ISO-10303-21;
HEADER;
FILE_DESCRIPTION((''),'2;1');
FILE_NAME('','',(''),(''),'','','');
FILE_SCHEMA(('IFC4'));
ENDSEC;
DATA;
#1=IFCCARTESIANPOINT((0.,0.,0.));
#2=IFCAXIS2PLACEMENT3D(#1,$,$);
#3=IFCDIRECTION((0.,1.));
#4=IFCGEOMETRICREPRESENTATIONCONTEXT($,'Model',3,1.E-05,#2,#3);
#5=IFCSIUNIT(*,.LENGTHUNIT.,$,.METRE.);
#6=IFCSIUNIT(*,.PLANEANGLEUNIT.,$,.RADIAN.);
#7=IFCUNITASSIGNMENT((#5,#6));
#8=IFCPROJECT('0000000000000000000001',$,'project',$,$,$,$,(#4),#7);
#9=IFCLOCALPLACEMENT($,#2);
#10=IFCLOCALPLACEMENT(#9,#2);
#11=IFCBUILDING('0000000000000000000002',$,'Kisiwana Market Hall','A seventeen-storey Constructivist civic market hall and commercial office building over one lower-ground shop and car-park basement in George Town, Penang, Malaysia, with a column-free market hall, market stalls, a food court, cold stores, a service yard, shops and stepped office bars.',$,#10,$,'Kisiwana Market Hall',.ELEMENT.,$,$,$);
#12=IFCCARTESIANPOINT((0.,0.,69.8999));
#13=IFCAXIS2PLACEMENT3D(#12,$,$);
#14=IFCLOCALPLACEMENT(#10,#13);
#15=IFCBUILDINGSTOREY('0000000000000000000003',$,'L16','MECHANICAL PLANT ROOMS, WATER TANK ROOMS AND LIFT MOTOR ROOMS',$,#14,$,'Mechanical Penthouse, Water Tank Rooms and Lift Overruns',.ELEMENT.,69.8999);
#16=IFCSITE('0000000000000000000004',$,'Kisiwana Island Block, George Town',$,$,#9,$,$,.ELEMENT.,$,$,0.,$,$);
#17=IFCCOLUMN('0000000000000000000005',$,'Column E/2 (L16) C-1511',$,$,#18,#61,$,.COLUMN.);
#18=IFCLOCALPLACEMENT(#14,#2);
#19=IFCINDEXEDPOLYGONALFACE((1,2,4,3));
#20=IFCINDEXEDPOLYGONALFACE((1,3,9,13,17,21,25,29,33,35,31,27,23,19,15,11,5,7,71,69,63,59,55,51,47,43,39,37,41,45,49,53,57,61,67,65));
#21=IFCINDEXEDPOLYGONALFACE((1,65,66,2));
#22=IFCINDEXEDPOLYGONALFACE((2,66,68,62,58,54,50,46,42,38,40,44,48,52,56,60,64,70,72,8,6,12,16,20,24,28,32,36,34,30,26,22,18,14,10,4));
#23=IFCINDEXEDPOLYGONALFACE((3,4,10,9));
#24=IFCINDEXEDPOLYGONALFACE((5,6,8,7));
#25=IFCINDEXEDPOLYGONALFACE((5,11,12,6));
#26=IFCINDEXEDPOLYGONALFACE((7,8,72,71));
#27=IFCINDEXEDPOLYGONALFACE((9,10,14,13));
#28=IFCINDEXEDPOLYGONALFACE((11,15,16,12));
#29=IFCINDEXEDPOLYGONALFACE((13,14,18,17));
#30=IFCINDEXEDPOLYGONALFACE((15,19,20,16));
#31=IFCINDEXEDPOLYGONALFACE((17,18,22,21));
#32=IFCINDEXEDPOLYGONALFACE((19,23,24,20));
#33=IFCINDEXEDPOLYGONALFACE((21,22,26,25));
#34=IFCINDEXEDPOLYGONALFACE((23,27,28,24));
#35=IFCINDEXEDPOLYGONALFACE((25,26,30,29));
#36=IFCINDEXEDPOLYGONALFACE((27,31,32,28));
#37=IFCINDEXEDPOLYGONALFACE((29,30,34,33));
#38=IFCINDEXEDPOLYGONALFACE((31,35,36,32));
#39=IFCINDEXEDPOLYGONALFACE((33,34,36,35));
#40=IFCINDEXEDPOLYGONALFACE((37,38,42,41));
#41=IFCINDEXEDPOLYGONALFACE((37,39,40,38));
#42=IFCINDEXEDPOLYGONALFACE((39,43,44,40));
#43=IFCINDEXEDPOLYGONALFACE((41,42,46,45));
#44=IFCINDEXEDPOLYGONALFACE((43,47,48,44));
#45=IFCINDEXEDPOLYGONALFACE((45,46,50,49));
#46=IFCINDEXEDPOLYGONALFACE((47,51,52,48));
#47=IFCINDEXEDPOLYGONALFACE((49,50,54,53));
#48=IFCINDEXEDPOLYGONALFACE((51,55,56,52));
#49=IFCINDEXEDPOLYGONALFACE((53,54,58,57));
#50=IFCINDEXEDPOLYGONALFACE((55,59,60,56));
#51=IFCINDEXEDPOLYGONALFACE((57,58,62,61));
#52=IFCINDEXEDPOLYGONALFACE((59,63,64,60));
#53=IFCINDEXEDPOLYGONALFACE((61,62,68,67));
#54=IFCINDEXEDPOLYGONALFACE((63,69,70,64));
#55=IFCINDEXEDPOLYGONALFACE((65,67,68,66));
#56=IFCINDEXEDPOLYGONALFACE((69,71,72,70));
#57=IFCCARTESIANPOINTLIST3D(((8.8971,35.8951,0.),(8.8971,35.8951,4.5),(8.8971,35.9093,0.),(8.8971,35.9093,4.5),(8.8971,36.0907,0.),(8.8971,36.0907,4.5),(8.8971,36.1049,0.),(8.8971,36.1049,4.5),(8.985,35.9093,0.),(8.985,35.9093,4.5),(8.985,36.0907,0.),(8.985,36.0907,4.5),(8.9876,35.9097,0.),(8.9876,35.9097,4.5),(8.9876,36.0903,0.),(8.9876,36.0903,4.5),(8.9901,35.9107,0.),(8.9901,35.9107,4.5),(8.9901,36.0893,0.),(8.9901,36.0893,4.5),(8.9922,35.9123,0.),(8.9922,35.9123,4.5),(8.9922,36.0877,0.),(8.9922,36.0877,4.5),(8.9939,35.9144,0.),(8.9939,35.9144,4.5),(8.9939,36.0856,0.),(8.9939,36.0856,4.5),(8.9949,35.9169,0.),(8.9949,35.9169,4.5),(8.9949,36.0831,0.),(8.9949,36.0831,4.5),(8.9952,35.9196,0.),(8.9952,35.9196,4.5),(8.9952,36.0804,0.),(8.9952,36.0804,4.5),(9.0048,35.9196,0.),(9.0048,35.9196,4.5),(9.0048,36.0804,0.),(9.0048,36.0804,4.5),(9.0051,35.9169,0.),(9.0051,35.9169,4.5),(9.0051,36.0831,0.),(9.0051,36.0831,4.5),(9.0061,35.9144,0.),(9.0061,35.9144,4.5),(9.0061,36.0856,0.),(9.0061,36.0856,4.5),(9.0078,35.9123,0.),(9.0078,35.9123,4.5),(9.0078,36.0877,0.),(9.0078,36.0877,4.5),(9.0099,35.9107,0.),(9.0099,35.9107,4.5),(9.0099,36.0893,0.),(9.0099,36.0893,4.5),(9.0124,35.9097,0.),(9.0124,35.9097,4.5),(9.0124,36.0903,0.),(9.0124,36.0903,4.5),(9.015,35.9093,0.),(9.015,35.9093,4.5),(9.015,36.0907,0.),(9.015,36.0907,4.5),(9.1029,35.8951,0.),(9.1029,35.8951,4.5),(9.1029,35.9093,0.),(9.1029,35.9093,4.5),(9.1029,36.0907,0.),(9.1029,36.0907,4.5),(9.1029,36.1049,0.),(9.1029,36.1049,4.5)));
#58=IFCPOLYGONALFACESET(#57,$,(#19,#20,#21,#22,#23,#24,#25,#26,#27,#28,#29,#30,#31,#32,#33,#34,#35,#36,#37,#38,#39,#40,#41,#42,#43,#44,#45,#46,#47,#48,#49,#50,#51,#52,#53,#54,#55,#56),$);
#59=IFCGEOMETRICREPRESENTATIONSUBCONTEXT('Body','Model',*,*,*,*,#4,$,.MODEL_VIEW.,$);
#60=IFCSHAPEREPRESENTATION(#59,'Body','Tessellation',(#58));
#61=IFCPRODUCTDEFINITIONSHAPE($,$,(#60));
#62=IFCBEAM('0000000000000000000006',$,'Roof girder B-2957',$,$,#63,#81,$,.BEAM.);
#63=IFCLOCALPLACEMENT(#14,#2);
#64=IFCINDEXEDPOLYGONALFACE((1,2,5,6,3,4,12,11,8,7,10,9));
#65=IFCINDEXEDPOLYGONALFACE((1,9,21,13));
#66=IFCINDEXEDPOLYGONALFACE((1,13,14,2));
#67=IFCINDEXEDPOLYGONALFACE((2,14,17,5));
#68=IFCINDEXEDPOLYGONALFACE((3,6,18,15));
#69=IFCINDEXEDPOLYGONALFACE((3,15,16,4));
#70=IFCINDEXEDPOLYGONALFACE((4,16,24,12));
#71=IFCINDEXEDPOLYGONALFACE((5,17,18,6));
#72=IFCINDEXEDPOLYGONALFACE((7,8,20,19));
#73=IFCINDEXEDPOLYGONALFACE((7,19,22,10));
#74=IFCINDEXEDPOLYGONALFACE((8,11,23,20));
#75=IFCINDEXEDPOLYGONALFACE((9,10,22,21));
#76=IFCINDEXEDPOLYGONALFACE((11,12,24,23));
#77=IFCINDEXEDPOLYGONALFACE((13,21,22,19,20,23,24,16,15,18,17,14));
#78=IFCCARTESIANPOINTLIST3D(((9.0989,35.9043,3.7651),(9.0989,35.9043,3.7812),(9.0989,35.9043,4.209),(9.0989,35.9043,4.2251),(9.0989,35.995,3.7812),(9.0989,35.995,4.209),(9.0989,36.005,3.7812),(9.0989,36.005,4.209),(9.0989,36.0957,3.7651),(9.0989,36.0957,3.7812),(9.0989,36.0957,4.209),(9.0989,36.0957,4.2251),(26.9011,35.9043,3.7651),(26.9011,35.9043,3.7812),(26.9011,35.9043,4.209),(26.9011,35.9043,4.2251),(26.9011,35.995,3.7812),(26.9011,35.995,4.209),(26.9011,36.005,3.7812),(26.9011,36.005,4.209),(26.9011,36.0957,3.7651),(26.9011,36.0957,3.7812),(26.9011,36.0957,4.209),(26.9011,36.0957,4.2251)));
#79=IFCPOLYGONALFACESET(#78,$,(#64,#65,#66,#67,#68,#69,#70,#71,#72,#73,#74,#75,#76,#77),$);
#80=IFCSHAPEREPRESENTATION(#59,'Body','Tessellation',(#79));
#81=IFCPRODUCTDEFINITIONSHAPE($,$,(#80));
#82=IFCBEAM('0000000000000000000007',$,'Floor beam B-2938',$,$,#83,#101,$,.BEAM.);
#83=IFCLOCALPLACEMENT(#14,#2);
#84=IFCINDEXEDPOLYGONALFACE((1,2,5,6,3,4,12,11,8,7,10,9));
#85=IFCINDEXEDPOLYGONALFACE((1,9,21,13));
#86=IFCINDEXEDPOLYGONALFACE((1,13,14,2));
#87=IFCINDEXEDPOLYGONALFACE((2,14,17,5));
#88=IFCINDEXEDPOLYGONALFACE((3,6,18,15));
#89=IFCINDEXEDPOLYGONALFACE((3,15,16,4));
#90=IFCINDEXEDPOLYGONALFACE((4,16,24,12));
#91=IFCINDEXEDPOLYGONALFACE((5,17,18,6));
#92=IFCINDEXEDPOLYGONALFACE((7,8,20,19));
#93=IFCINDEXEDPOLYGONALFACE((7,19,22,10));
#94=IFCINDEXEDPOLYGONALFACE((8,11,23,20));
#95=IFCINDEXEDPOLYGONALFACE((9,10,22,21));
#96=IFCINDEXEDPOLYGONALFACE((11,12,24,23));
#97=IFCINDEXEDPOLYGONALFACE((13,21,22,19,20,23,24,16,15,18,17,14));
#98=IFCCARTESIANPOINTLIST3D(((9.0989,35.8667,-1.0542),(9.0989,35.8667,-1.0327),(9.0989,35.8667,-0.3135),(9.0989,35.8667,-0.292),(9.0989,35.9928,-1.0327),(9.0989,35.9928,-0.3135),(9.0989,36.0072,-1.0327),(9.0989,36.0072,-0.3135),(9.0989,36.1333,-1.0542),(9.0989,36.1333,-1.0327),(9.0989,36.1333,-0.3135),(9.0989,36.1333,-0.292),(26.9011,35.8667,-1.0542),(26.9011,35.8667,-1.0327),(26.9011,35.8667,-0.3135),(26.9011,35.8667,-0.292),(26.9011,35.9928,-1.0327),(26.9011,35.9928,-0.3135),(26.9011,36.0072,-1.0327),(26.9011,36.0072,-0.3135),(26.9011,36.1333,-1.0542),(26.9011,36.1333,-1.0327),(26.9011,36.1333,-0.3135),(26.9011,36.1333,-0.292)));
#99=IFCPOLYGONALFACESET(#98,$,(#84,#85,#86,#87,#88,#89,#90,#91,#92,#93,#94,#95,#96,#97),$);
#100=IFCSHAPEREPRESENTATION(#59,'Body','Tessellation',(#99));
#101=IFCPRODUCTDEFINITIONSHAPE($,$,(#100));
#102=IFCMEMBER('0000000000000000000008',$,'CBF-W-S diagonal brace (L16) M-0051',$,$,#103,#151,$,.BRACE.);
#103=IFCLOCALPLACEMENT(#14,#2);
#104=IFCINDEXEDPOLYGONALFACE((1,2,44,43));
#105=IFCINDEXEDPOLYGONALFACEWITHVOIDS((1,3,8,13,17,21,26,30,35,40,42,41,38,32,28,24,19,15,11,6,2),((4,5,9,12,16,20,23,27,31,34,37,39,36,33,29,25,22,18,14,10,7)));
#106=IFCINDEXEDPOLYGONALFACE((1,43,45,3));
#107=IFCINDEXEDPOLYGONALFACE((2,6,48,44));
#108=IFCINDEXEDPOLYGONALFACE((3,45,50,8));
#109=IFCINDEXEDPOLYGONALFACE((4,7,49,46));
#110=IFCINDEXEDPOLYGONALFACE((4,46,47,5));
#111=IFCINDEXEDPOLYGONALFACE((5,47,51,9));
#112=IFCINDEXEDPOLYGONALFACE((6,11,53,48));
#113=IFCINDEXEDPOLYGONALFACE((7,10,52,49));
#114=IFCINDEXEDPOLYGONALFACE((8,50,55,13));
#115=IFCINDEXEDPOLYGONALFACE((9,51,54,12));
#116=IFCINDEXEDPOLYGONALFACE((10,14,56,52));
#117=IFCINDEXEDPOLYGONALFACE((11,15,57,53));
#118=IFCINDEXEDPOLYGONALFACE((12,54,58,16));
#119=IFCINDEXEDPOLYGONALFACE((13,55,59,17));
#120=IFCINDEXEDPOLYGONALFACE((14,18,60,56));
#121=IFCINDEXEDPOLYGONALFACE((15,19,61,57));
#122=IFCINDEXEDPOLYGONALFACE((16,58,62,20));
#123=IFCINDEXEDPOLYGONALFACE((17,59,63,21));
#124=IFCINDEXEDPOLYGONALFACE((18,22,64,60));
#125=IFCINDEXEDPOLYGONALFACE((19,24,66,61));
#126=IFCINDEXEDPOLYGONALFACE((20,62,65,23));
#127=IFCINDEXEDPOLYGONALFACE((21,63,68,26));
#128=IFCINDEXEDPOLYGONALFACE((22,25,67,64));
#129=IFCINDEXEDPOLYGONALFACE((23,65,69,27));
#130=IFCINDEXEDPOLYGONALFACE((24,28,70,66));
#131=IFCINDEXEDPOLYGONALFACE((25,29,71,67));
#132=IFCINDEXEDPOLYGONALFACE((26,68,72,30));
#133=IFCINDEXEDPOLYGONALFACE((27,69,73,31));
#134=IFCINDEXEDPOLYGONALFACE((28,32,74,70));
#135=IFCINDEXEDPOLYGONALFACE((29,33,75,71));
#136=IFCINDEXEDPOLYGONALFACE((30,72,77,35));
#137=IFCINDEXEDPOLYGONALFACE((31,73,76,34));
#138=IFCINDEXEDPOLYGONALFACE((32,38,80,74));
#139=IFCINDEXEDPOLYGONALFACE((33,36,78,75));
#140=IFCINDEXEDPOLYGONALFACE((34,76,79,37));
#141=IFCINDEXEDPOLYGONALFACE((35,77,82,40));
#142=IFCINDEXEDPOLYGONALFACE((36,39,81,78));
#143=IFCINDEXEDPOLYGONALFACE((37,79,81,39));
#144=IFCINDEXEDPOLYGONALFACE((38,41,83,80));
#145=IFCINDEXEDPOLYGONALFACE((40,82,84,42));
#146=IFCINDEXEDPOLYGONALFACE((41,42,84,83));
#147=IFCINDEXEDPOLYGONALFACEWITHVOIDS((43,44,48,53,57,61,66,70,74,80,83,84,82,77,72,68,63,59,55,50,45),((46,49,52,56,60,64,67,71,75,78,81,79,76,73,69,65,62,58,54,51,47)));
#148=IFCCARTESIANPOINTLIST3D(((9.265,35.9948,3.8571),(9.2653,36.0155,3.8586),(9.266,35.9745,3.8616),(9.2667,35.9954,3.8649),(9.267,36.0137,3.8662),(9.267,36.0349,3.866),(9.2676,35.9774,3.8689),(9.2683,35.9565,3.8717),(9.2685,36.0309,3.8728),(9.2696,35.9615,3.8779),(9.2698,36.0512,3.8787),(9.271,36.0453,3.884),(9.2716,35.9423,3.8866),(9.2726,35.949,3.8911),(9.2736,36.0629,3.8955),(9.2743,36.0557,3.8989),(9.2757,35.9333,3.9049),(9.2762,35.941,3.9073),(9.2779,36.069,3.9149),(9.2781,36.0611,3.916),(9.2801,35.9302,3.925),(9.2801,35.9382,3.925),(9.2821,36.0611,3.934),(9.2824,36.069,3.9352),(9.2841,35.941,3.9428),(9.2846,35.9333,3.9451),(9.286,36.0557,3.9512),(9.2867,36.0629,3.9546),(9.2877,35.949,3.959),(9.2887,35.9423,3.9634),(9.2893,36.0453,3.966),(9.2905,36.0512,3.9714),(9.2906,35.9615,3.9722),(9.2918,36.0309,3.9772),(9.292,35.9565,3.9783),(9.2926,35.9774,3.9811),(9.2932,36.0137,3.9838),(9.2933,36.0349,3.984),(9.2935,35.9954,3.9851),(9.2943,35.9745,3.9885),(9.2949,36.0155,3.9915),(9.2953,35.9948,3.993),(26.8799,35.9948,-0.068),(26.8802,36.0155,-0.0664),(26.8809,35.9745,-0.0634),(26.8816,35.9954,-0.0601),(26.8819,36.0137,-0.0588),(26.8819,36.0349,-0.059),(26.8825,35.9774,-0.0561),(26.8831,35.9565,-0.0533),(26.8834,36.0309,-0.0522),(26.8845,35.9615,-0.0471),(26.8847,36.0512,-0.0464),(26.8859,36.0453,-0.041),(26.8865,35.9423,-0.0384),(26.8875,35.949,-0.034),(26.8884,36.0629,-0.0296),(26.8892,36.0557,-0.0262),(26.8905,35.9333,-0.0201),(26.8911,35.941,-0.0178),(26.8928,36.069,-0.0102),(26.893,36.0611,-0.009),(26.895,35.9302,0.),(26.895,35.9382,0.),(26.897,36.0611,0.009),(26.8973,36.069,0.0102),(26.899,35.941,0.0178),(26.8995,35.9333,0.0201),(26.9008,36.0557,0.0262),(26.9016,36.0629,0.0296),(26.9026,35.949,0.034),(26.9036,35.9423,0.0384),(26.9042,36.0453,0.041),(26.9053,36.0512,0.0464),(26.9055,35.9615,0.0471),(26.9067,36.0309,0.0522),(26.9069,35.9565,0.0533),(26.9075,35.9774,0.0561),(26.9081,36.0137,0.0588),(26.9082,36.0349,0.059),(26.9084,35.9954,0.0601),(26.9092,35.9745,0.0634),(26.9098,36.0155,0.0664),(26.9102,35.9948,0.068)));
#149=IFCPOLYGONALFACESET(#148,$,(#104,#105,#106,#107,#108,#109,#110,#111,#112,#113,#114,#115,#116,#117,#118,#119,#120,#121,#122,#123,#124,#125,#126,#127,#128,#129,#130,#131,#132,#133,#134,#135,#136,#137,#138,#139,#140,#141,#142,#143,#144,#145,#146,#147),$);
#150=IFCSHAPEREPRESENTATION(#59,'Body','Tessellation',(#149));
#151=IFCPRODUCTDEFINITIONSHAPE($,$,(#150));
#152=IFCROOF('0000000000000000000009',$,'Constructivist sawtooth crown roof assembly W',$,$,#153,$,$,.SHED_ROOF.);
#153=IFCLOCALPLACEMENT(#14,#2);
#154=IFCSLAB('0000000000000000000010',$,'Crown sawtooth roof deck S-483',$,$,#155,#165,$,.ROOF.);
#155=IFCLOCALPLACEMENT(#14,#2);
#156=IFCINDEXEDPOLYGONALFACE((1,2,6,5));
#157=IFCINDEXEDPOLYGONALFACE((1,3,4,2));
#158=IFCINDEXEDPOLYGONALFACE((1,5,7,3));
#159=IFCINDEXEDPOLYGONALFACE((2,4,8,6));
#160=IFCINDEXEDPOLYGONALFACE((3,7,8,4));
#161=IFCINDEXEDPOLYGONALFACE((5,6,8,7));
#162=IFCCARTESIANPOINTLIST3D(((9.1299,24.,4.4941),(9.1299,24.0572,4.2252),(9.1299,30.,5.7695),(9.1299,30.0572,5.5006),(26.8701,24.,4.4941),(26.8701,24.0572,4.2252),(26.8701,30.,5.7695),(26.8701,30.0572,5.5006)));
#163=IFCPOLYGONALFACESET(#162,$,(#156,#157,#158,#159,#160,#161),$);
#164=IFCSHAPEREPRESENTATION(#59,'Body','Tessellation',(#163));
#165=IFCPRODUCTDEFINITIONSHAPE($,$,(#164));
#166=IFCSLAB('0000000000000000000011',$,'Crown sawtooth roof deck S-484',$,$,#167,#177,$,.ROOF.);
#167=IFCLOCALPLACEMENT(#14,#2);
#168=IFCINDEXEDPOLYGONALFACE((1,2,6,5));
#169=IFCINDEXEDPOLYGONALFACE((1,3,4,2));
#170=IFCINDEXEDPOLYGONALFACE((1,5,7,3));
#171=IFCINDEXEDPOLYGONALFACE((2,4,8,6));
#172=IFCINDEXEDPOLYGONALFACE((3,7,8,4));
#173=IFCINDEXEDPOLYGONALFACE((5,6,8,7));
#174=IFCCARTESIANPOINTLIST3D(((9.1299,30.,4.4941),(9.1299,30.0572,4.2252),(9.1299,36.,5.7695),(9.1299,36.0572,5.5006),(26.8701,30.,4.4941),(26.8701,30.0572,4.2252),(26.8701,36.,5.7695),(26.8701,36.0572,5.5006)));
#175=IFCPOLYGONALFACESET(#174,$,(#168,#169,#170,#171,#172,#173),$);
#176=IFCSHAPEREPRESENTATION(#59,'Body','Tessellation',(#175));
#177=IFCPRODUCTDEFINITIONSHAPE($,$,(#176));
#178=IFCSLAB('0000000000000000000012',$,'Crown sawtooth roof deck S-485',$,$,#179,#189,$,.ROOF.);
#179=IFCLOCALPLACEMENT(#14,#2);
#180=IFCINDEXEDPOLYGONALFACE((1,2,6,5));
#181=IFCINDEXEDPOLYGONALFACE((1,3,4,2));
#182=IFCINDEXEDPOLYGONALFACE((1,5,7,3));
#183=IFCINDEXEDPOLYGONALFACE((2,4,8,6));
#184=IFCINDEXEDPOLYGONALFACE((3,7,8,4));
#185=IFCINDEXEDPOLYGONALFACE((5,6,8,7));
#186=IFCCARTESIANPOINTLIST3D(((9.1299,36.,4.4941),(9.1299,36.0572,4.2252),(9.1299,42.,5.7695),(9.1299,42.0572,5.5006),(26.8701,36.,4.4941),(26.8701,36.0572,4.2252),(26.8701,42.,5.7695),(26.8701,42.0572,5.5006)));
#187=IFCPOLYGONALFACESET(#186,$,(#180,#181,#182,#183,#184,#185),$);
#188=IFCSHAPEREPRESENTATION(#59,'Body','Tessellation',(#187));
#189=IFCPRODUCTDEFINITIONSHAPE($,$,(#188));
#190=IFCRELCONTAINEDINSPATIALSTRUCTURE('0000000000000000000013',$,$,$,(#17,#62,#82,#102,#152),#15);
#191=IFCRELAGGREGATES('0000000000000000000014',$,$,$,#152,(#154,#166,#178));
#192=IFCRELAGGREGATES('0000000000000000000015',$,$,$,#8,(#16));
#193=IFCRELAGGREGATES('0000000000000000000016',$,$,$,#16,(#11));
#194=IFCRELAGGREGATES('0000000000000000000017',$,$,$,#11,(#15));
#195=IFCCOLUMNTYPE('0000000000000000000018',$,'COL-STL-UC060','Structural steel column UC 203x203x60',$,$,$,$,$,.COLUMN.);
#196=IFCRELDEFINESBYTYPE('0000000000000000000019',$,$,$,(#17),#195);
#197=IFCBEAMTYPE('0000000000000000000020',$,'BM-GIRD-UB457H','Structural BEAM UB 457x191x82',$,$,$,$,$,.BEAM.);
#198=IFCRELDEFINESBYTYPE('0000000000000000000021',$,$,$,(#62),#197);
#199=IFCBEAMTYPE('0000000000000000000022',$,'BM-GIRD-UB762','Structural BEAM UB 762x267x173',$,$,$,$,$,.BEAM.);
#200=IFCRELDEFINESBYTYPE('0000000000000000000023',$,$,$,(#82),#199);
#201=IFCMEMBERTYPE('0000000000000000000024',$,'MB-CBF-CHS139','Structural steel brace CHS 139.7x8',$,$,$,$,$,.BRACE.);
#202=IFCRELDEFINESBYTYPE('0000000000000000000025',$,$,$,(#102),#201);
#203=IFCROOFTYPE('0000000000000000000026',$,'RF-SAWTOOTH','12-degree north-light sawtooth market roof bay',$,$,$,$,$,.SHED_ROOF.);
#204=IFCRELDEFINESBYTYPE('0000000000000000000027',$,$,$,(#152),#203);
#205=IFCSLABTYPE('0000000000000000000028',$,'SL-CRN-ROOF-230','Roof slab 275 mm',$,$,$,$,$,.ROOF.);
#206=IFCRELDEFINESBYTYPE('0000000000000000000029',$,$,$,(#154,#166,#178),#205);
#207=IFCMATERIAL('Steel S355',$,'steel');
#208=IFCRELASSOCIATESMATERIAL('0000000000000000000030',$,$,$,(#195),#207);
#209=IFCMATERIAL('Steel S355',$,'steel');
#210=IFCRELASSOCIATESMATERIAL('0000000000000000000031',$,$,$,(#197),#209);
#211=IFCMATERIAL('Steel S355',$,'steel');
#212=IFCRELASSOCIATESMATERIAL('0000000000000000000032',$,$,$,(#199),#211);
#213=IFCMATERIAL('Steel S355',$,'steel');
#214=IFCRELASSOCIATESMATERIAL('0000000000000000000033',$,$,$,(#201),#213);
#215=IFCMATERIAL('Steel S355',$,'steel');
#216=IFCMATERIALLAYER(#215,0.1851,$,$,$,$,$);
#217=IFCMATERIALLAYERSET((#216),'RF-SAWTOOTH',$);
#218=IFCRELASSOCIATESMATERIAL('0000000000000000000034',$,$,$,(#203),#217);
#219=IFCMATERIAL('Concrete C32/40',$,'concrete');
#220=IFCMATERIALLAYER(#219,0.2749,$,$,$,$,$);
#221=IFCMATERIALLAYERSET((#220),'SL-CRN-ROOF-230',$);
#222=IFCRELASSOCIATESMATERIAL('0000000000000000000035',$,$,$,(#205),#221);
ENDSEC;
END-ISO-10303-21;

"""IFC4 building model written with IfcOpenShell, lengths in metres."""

from ifc_helpers import new_model, si_unit, direction, frame, origin, origin_2d, place, context, subcontext, project, spatial, polyline, hollow_circle, i_section, outline, extrude, material, layer, layer_set, material_profile, profile_set, type_object, element, aggregate, save


model = new_model("IFC4")

# Units and contexts
model_context = context("Model", 3, precision=1e-05, world=origin(), true_north=direction((0.0, 1.0)))
body_context = subcontext(model_context, "Body", "Model", "MODEL_VIEW")
ifc_project = project(units=[si_unit("LENGTHUNIT", "METRE"), si_unit("PLANEANGLEUNIT", "RADIAN")], contexts=[model_context])

# Site, building, storey
site_placement = place(None, origin())
site = spatial("IfcSite", under=ifc_project, at=site_placement, Name="Kisiwana Island Block, George Town", CompositionType="ELEMENT", RefElevation=0.0)
building_placement = place(site_placement, origin())
building = spatial("IfcBuilding", under=site, at=building_placement, Name="Kisiwana Market Hall", Description="A seventeen-storey Constructivist civic market hall and commercial office building over one lower-ground shop and car-park basement in George Town, Penang, Malaysia, with a column-free market hall, market stalls, a food court, cold stores, a service yard, shops and stepped office bars.", LongName="Kisiwana Market Hall", CompositionType="ELEMENT")
storey_placement = place(building_placement, frame((0.0, 0.0, 69.8999)))
storey = spatial("IfcBuildingStorey", under=building, at=storey_placement, Name="L16", Description="MECHANICAL PLANT ROOMS, WATER TANK ROOMS AND LIFT MOTOR ROOMS", LongName="Mechanical Penthouse, Water Tank Rooms and Lift Overruns", CompositionType="ELEMENT", Elevation=69.8999)

# Column
ifc_material_1 = material(Name="Steel S355", Category="steel")
ifc_material_profile_1 = material_profile(ifc_material_1, i_section(OverallWidth=0.2058, OverallDepth=0.2097, WebThickness=0.0095, FlangeThickness=0.0142, FilletRadius=0.0103, at=origin_2d()), Name="UC 203x203x60")
ifc_profile_set_1 = profile_set([ifc_material_profile_1], Name="Steel S355")
column_type = type_object("IfcColumnType", Name="COL-STL-UC060", Description="Structural steel column UC 203x203x60", PredefinedType="COLUMN", material=ifc_profile_set_1)
column_placement = place(storey_placement, frame((9.0, 36.0, 0.0), z_axis=(0.0, 0.0, 1.0), x_axis=(1.0, 0.0, 0.0)))
element("IfcColumn", 1, at=column_placement, inside=storey, type_object=column_type, Name="Column E/2 (L16) C-1511", PredefinedType="COLUMN", context=body_context, shape_type="SweptSolid", body=[
    extrude(i_section(OverallWidth=0.2058, OverallDepth=0.2097, WebThickness=0.0095, FlangeThickness=0.0142, FilletRadius=0.0103, at=origin_2d()), origin(), (0.0, 0.0, 1.0), 4.5),
])

# Beams
ifc_material_2 = material(Name="Steel S355", Category="steel")
ifc_material_profile_2 = material_profile(ifc_material_2, i_section(OverallWidth=0.1914, OverallDepth=0.46, WebThickness=0.01, FlangeThickness=0.0161, at=origin_2d()), Name="UB 457x191x82")
ifc_profile_set_2 = profile_set([ifc_material_profile_2], Name="Steel S355")
beam_type_1 = type_object("IfcBeamType", Name="BM-GIRD-UB457H", Description="Structural BEAM UB 457x191x82", PredefinedType="BEAM", material=ifc_profile_set_2)
beam_1_placement = place(storey_placement, frame((9.0989, 36.0, 3.9951), z_axis=(1.0, 0.0, 0.0), x_axis=(0.0, 1.0, 0.0)))
element("IfcBeam", 2, at=beam_1_placement, inside=storey, type_object=beam_type_1, Name="Roof girder B-2957", PredefinedType="BEAM", context=body_context, shape_type="SweptSolid", body=[
    extrude(i_section(OverallWidth=0.1914, OverallDepth=0.46, WebThickness=0.01, FlangeThickness=0.0161, at=origin_2d()), origin(), (0.0, 0.0, 1.0), 17.8022),
])
ifc_material_3 = material(Name="Steel S355", Category="steel")
ifc_material_profile_3 = material_profile(ifc_material_3, i_section(OverallWidth=0.2666, OverallDepth=0.7622, WebThickness=0.0144, FlangeThickness=0.0215, at=origin_2d()), Name="UB 762x267x173")
ifc_profile_set_3 = profile_set([ifc_material_profile_3], Name="Steel S355")
beam_type_2 = type_object("IfcBeamType", Name="BM-GIRD-UB762", Description="Structural BEAM UB 762x267x173", PredefinedType="BEAM", material=ifc_profile_set_3)
beam_2_placement = place(storey_placement, frame((9.0989, 36.0, -0.6731), z_axis=(1.0, 0.0, 0.0), x_axis=(0.0, 1.0, 0.0)))
element("IfcBeam", 3, at=beam_2_placement, inside=storey, type_object=beam_type_2, Name="Floor beam B-2938", PredefinedType="BEAM", context=body_context, shape_type="SweptSolid", body=[
    extrude(i_section(OverallWidth=0.2666, OverallDepth=0.7622, WebThickness=0.0144, FlangeThickness=0.0215, at=origin_2d()), origin(), (0.0, 0.0, 1.0), 17.8022),
])

# Member
ifc_material_4 = material(Name="Steel S355", Category="steel")
ifc_material_profile_4 = material_profile(ifc_material_4, hollow_circle(Radius=0.0698, WallThickness=0.0081, at=origin_2d()), Name="CHS 139.7x8")
ifc_profile_set_4 = profile_set([ifc_material_profile_4], Name="Steel S355")
member_type = type_object("IfcMemberType", Name="MB-CBF-CHS139", Description="Structural steel brace CHS 139.7x8", PredefinedType="BRACE", material=ifc_profile_set_4)
member_placement = place(storey_placement, frame((26.895, 36.0, 0.0), z_axis=(-0.976062, 0.0, 0.21749), x_axis=(0.0, -1.0, 0.0)))
element("IfcMember", 4, at=member_placement, inside=storey, type_object=member_type, Name="CBF-W-S diagonal brace (L16) M-0051", PredefinedType="BRACE", context=body_context, shape_type="SweptSolid", body=[
    extrude(hollow_circle(Radius=0.0698, WallThickness=0.0081, at=origin_2d()), origin(), (0.0, 0.0, 1.0), 18.0469),
])

# Roof, slabs
ifc_material_5 = material(Name="Steel S355", Category="steel")
ifc_layer_1 = layer(ifc_material_5, 0.1851)
ifc_layer_set_1 = layer_set([ifc_layer_1], Name="RF-SAWTOOTH")
roof_type = type_object("IfcRoofType", Name="RF-SAWTOOTH", Description="12-degree north-light sawtooth market roof bay", PredefinedType="SHED_ROOF", material=ifc_layer_set_1)
roof_placement = place(storey_placement, origin())
roof = element("IfcRoof", 5, at=roof_placement, inside=storey, type_object=roof_type, Name="Constructivist sawtooth crown roof assembly W", PredefinedType="SHED_ROOF")
ifc_material_6 = material(Name="Concrete C32/40", Category="concrete")
ifc_layer_2 = layer(ifc_material_6, 0.2749)
ifc_layer_set_2 = layer_set([ifc_layer_2], Name="SL-CRN-ROOF-230")
slab_type = type_object("IfcSlabType", Name="SL-CRN-ROOF-230", Description="Roof slab 275 mm", PredefinedType="ROOF", material=ifc_layer_set_2)
slab_1_placement = place(storey_placement, frame((9.1299, 24.0, 4.4941), z_axis=(0.0, -0.20792, 0.978146), x_axis=(1.0, 0.0, 0.0)))
slab_1 = element("IfcSlab", 6, at=slab_1_placement, type_object=slab_type, Name="Crown sawtooth roof deck S-483", PredefinedType="ROOF", context=body_context, shape_type="SweptSolid", body=[
    extrude(outline(polyline([(0.0, 0.0), (17.7402, 0.0), (17.7402, 6.1341), (0.0, 6.1341), (0.0, 0.0)])), origin(), (0.0, 0.0, -1.0), 0.2749),
])
slab_2_placement = place(storey_placement, frame((9.1299, 30.0, 4.4941), z_axis=(0.0, -0.20792, 0.978146), x_axis=(1.0, 0.0, 0.0)))
slab_2 = element("IfcSlab", 7, at=slab_2_placement, type_object=slab_type, Name="Crown sawtooth roof deck S-484", PredefinedType="ROOF", context=body_context, shape_type="SweptSolid", body=[
    extrude(outline(polyline([(0.0, 0.0), (17.7402, 0.0), (17.7402, 6.1341), (0.0, 6.1341), (0.0, 0.0)])), origin(), (0.0, 0.0, -1.0), 0.2749),
])
slab_3_placement = place(storey_placement, frame((9.1299, 36.0, 4.4941), z_axis=(0.0, -0.20792, 0.978146), x_axis=(1.0, 0.0, 0.0)))
slab_3 = element("IfcSlab", 8, at=slab_3_placement, type_object=slab_type, Name="Crown sawtooth roof deck S-485", PredefinedType="ROOF", context=body_context, shape_type="SweptSolid", body=[
    extrude(outline(polyline([(0.0, 0.0), (17.7402, 0.0), (17.7402, 6.1341), (0.0, 6.1341), (0.0, 0.0)])), origin(), (0.0, 0.0, -1.0), 0.2749),
])
aggregate(roof, [slab_1, slab_2, slab_3])

save(model, "model.ifc")
